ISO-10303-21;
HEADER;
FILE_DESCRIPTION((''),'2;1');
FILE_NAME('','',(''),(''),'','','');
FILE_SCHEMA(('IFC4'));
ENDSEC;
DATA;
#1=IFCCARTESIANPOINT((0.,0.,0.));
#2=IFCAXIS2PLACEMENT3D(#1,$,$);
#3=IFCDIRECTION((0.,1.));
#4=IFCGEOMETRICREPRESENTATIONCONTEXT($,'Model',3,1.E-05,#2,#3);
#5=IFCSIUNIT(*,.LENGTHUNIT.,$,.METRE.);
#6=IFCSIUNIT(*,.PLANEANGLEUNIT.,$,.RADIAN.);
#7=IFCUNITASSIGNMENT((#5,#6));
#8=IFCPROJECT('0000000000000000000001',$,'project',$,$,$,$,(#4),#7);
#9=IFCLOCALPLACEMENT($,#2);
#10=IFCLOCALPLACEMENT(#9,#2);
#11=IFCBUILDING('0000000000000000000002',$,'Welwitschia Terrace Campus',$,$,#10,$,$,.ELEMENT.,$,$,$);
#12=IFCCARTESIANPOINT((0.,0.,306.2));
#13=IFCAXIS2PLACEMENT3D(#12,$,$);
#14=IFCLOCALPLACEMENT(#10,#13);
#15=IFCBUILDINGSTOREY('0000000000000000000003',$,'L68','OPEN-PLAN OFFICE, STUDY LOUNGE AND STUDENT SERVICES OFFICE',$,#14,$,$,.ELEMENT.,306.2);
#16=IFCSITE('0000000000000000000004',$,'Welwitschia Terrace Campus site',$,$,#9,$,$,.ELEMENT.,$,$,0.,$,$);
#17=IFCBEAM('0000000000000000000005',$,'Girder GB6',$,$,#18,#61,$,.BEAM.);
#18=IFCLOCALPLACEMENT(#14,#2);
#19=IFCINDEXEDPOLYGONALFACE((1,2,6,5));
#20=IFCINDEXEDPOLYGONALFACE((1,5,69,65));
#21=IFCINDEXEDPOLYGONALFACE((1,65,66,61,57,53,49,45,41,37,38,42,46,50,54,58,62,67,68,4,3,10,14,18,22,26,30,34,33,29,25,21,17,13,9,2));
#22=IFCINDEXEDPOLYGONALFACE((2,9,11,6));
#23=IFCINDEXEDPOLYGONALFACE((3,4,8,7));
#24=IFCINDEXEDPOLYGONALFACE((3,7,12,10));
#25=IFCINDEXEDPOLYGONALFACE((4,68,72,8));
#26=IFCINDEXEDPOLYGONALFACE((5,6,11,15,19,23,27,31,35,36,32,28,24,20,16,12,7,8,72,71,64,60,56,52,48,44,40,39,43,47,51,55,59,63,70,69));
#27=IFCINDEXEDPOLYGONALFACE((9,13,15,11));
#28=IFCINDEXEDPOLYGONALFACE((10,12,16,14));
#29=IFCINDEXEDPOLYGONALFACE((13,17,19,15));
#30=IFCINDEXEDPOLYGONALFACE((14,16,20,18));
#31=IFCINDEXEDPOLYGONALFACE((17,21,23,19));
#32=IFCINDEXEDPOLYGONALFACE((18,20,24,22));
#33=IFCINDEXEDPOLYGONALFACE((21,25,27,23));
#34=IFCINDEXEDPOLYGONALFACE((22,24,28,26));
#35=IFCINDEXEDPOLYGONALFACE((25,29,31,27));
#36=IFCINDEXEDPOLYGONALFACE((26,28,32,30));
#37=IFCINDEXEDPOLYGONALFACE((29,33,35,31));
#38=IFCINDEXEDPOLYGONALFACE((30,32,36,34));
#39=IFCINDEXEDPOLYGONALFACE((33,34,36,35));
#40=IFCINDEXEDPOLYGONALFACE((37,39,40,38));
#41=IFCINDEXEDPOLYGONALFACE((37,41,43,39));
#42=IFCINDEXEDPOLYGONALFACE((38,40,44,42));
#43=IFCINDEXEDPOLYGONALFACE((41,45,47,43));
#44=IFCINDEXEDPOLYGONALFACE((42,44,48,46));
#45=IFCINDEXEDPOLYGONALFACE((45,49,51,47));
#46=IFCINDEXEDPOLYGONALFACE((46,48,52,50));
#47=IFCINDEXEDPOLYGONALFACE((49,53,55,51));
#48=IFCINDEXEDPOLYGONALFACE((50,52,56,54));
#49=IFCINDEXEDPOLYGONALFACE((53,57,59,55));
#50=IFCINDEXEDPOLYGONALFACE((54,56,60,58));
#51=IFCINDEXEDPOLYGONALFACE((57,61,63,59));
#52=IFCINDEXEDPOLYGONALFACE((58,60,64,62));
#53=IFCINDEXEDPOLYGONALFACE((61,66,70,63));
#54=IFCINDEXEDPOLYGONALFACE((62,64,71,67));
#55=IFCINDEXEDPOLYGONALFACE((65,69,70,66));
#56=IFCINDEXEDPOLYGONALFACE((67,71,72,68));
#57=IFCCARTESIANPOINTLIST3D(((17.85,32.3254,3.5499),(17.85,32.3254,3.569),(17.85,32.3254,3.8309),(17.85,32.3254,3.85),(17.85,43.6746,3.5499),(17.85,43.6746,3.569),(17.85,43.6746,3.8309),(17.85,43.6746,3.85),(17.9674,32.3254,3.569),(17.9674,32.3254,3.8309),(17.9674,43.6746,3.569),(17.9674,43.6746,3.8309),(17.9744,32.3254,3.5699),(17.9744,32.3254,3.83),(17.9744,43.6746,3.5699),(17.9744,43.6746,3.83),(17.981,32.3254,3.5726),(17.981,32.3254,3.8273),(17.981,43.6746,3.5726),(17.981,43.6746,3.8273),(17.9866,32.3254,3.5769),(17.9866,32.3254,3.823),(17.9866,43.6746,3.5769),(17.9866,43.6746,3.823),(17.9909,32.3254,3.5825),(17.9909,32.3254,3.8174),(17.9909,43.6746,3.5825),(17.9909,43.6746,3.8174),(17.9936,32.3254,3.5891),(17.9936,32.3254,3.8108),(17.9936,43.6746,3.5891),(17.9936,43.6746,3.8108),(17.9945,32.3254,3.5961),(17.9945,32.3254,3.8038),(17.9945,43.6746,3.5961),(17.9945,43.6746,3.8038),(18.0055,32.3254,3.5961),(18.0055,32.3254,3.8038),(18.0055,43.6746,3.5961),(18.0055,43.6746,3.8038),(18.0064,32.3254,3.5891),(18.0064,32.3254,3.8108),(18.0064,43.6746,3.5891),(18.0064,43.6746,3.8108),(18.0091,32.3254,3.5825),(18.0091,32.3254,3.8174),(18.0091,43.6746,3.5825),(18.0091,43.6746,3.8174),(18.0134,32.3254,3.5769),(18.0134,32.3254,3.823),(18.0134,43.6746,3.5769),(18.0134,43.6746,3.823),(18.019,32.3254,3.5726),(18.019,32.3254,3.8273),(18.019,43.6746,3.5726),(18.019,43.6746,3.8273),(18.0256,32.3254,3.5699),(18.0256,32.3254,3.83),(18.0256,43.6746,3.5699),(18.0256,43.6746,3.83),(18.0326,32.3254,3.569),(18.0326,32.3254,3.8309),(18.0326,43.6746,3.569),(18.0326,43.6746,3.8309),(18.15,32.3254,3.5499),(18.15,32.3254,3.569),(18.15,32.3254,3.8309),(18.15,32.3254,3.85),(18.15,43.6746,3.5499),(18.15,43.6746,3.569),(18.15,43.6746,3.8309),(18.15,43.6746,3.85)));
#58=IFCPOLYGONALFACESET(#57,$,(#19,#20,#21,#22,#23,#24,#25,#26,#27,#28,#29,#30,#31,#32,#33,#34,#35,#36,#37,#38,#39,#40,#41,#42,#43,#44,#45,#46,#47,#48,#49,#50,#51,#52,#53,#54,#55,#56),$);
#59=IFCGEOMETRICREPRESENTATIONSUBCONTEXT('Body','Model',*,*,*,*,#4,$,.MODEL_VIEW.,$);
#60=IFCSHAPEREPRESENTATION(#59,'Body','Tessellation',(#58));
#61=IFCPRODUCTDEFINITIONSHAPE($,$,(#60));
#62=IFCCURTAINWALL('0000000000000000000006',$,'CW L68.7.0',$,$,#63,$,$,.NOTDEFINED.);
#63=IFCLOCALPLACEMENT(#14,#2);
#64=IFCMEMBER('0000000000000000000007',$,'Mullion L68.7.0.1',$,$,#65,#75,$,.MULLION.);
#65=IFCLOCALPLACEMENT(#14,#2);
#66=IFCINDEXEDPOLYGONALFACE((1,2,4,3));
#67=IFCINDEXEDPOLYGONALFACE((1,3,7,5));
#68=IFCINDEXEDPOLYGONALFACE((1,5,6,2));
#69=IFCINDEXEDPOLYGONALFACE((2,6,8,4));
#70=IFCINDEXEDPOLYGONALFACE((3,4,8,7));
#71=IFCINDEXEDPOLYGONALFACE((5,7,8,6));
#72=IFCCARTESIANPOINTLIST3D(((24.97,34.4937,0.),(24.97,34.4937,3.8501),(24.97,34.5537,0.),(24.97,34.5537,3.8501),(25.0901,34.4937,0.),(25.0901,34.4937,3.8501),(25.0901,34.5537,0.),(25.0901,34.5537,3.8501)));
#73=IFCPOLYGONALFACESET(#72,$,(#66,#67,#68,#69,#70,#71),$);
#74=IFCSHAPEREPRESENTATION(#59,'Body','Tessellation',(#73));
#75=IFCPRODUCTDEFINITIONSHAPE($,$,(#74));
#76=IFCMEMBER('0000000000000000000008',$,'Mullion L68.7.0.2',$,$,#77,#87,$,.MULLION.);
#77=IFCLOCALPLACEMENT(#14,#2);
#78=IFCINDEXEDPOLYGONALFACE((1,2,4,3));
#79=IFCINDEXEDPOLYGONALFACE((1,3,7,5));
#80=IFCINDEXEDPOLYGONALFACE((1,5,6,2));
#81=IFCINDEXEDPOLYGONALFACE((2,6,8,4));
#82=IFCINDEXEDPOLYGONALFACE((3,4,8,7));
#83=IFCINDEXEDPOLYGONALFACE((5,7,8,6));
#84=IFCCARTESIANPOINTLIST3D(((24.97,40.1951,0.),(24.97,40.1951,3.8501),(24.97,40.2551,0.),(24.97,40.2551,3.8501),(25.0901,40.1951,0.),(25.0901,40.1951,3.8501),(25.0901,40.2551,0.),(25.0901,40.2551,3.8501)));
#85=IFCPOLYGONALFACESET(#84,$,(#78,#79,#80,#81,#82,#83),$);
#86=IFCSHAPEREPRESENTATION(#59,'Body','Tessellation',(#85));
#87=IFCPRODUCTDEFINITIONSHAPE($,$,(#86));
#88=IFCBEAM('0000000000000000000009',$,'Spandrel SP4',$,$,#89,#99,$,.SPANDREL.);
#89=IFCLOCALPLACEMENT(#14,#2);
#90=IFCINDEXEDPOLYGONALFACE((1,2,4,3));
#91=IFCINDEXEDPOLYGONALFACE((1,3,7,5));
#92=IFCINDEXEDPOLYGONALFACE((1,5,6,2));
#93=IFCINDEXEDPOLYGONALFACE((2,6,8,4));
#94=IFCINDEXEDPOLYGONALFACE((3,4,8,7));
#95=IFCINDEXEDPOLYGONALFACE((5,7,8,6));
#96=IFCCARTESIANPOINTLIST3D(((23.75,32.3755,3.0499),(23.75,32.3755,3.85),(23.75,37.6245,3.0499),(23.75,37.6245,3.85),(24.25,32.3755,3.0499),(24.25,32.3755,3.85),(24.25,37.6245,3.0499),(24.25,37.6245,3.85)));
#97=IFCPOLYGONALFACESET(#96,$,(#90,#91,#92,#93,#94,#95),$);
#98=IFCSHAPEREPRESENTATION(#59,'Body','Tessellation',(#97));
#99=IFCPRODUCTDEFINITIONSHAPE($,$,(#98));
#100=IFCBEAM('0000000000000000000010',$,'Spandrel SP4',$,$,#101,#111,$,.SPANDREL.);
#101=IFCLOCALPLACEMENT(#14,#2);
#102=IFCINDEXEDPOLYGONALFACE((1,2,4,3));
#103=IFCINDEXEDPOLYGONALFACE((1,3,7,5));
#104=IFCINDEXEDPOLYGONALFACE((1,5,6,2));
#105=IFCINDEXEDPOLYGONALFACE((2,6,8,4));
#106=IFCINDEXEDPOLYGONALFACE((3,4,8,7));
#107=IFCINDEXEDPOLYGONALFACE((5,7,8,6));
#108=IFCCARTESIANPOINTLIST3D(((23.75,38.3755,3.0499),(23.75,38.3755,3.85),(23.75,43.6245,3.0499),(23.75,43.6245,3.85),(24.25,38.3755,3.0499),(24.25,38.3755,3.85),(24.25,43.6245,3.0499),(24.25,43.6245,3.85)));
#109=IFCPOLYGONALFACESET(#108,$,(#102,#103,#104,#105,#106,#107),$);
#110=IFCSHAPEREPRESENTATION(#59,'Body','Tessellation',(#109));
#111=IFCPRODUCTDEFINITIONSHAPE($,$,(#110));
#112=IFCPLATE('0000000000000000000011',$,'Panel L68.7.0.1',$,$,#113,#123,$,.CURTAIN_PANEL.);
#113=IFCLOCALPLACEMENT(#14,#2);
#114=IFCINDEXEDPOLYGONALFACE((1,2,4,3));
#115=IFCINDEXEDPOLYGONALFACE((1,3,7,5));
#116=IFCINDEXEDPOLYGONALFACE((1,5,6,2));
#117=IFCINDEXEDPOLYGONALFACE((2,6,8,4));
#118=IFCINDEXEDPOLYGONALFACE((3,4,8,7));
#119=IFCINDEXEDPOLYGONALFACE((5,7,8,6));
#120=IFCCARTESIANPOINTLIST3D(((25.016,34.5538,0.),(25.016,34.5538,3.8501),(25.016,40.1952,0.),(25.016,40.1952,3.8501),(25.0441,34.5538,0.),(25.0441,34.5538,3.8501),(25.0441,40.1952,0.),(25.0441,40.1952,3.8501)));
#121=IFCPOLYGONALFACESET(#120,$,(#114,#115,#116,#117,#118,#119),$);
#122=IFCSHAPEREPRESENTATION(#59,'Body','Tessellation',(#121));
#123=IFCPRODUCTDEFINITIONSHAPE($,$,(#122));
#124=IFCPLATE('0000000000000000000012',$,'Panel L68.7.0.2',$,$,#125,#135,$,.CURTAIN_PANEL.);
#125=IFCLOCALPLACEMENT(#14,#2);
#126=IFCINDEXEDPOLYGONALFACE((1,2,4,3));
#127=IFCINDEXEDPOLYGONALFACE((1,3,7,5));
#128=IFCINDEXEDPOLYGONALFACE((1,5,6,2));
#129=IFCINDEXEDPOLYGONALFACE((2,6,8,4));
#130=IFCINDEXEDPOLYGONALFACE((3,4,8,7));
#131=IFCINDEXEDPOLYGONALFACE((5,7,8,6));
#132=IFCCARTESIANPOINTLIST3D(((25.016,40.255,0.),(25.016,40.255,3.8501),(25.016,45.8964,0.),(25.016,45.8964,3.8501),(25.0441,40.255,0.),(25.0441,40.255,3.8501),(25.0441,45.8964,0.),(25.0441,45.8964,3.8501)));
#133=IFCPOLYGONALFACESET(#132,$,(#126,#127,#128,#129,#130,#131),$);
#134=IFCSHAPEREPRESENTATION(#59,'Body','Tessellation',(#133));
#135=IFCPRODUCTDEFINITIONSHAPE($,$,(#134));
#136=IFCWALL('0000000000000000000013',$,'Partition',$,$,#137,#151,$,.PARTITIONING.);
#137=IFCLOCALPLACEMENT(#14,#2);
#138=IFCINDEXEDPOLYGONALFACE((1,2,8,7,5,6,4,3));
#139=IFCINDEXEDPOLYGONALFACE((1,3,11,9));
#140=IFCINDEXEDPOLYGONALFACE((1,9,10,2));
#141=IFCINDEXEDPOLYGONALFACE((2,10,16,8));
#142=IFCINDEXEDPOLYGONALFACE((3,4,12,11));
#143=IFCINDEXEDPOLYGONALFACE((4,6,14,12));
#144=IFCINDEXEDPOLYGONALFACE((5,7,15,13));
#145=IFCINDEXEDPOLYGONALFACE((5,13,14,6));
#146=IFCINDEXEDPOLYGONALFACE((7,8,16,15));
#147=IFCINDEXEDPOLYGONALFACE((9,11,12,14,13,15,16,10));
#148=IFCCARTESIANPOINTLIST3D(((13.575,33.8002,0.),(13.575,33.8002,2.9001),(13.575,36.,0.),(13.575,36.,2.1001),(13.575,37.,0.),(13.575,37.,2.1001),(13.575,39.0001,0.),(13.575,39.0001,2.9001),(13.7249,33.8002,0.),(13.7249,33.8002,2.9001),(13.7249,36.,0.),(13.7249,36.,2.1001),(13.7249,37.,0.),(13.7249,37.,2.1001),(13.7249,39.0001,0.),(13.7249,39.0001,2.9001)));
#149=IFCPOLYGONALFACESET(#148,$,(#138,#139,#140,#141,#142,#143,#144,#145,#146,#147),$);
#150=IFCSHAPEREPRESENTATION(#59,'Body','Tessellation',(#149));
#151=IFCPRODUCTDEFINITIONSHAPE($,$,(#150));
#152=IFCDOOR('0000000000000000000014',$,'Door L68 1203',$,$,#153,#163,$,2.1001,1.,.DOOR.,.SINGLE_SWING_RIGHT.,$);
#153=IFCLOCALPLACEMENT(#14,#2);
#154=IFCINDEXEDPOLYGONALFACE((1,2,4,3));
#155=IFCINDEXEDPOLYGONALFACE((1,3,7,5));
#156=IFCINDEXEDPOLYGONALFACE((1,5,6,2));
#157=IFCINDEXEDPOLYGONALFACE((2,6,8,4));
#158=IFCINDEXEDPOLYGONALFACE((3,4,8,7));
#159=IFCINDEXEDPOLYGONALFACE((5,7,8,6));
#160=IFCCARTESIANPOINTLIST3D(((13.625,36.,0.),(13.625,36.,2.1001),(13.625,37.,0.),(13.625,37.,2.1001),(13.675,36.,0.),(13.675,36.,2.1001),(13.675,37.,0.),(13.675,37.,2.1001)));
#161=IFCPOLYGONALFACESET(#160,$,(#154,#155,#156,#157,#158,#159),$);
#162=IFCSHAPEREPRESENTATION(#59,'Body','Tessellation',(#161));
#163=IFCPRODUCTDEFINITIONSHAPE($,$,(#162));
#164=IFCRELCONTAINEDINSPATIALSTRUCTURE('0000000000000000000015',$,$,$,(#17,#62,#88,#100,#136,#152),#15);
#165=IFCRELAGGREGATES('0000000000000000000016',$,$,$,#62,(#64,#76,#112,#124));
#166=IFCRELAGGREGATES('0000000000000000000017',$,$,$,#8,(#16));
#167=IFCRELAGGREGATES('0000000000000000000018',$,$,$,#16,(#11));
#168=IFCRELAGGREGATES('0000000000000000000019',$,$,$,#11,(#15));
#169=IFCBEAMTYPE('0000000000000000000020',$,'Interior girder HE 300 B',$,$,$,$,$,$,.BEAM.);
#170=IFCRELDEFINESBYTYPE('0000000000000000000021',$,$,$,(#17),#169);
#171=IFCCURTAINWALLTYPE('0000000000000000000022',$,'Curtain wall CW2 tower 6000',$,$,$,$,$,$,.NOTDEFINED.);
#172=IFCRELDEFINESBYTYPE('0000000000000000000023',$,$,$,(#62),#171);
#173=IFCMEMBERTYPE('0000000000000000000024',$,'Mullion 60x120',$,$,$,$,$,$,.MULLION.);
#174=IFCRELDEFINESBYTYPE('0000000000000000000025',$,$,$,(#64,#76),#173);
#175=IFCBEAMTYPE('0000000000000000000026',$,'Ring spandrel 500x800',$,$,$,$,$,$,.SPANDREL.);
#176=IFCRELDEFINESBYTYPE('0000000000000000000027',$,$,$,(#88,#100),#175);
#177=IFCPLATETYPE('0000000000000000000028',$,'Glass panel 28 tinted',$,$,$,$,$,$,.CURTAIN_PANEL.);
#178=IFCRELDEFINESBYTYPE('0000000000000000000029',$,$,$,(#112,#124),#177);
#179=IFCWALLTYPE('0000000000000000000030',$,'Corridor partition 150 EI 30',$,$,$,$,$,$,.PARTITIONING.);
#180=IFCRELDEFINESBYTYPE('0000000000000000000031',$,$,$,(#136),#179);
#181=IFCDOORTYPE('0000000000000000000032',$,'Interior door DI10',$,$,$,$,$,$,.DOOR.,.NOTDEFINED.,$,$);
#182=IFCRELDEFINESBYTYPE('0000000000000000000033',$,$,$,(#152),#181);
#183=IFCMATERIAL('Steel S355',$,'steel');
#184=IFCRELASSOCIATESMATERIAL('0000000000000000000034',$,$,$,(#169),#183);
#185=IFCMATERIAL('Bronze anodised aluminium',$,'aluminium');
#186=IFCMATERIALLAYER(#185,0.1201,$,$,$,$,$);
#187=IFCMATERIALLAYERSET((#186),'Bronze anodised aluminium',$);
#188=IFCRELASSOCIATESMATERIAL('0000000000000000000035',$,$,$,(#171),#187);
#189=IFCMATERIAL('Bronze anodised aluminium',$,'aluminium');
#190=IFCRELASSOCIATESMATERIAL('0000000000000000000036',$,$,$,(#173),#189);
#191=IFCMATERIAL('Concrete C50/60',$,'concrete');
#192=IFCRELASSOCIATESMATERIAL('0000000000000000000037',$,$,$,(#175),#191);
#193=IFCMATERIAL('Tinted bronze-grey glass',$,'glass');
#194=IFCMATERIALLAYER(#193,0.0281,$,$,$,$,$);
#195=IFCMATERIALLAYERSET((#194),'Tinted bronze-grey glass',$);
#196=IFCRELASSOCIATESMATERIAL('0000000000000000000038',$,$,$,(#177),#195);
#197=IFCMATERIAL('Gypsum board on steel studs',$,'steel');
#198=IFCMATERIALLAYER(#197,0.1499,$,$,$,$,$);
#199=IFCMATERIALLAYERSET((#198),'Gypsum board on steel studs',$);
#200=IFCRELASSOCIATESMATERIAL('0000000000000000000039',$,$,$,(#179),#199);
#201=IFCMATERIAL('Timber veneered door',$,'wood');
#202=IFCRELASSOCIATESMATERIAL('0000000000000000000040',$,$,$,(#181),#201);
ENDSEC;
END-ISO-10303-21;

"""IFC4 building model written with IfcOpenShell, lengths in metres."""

from ifc_helpers import new_model, si_unit, direction, frame, frame_2d, origin, origin_2d, place, context, subcontext, project, spatial, rectangle, i_section, extrude, material, layer, layer_set, material_profile, profile_set, type_object, element, fill, aggregate, save


model = new_model("IFC4")

# Units and contexts
model_context = context("Model", 3, precision=1e-05, world=origin(), true_north=direction((0.0, 1.0)))
body_context = subcontext(model_context, "Body", "Model", "MODEL_VIEW")
ifc_project = project(units=[si_unit("LENGTHUNIT", "METRE"), si_unit("PLANEANGLEUNIT", "RADIAN")], contexts=[model_context])

# Site, building, storey
site_placement = place(None, origin())
site = spatial("IfcSite", under=ifc_project, at=site_placement, Name="Welwitschia Terrace Campus site", CompositionType="ELEMENT", RefElevation=0.0)
building_placement = place(site_placement, origin())
building = spatial("IfcBuilding", under=site, at=building_placement, Name="Welwitschia Terrace Campus", CompositionType="ELEMENT")
storey_placement = place(building_placement, frame((0.0, 0.0, 306.2)))
storey = spatial("IfcBuildingStorey", under=building, at=storey_placement, Name="L68", Description="OPEN-PLAN OFFICE, STUDY LOUNGE AND STUDENT SERVICES OFFICE", CompositionType="ELEMENT", Elevation=306.2)

# Beam
ifc_material_1 = material(Name="Steel S355", Category="steel")
ifc_material_profile_1 = material_profile(ifc_material_1, i_section(OverallWidth=0.3, OverallDepth=0.3, WebThickness=0.011, FlangeThickness=0.019, FilletRadius=0.0271, at=origin_2d()))
ifc_profile_set_1 = profile_set([ifc_material_profile_1], Name="Steel S355")
beam_type_1 = type_object("IfcBeamType", Name="Interior girder HE 300 B", PredefinedType="BEAM", material=ifc_profile_set_1)
beam_1_placement = place(storey_placement, frame((18.0, 32.3254, 3.7), z_axis=(0.0, 1.0, 0.0), x_axis=(-1.0, 0.0, 0.0)))
element("IfcBeam", 1, at=beam_1_placement, inside=storey, type_object=beam_type_1, Name="Girder GB6", PredefinedType="BEAM", context=body_context, shape_type="SweptSolid", body=[
    extrude(i_section(OverallWidth=0.3, OverallDepth=0.3, WebThickness=0.011, FlangeThickness=0.019, FilletRadius=0.0271, at=origin_2d()), origin(), (0.0, 0.0, 1.0), 11.3491),
])

# Curtain wall, members
ifc_material_2 = material(Name="Bronze anodised aluminium", Category="aluminium")
ifc_layer_1 = layer(ifc_material_2, 0.1201)
ifc_layer_set_1 = layer_set([ifc_layer_1], Name="Bronze anodised aluminium")
curtain_wall_type = type_object("IfcCurtainWallType", Name="Curtain wall CW2 tower 6000", PredefinedType="NOTDEFINED", material=ifc_layer_set_1)
curtain_wall_placement = place(storey_placement, origin())
curtain_wall = element("IfcCurtainWall", 2, at=curtain_wall_placement, inside=storey, type_object=curtain_wall_type, Name="CW L68.7.0", PredefinedType="NOTDEFINED")
ifc_material_3 = material(Name="Bronze anodised aluminium", Category="aluminium")
ifc_material_profile_2 = material_profile(ifc_material_3, rectangle(XDim=0.1201, YDim=0.0601, at=origin_2d()))
ifc_profile_set_2 = profile_set([ifc_material_profile_2], Name="Bronze anodised aluminium")
member_type = type_object("IfcMemberType", Name="Mullion 60x120", PredefinedType="MULLION", material=ifc_profile_set_2)
member_1_placement = place(storey_placement, frame((25.03, 34.5237, 0.0), z_axis=(0.0, 0.0, 1.0), x_axis=(-1.0, 0.0, 0.0)))
member_1 = element("IfcMember", 3, at=member_1_placement, type_object=member_type, Name="Mullion L68.7.0.1", PredefinedType="MULLION", context=body_context, shape_type="SweptSolid", body=[
    extrude(rectangle(XDim=0.1201, YDim=0.0601, at=origin_2d()), origin(), (0.0, 0.0, 1.0), 3.8501),
])
member_2_placement = place(storey_placement, frame((25.03, 40.2251, 0.0), z_axis=(0.0, 0.0, 1.0), x_axis=(-1.0, 0.0, 0.0)))
member_2 = element("IfcMember", 4, at=member_2_placement, type_object=member_type, Name="Mullion L68.7.0.2", PredefinedType="MULLION", context=body_context, shape_type="SweptSolid", body=[
    extrude(rectangle(XDim=0.1201, YDim=0.0601, at=origin_2d()), origin(), (0.0, 0.0, 1.0), 3.8501),
])

# Beams
ifc_material_4 = material(Name="Concrete C50/60", Category="concrete")
ifc_material_profile_3 = material_profile(ifc_material_4, rectangle(XDim=0.5, YDim=0.8, at=origin_2d()))
ifc_profile_set_3 = profile_set([ifc_material_profile_3], Name="Concrete C50/60")
beam_type_2 = type_object("IfcBeamType", Name="Ring spandrel 500x800", PredefinedType="SPANDREL", material=ifc_profile_set_3)
for number, where, z_axis, x_axis, name in (
    (5, (24.0, 32.3755, 3.45), (0.0, 1.0, 0.0), (-1.0, 0.0, 0.0), "Spandrel SP4"),
    (6, (24.0, 38.3755, 3.45), (0.0, 1.0, 0.0), (-1.0, 0.0, 0.0), "Spandrel SP4"),
):
    element("IfcBeam", number, at=place(storey_placement, frame(where, z_axis=z_axis, x_axis=x_axis)), inside=storey, type_object=beam_type_2, Name=name, PredefinedType="SPANDREL", context=body_context, shape_type="SweptSolid", body=[
        extrude(rectangle(XDim=0.5, YDim=0.8, at=origin_2d()), origin(), (0.0, 0.0, 1.0), 5.249),
    ])

# Plates
ifc_material_5 = material(Name="Tinted bronze-grey glass", Category="glass")
ifc_layer_2 = layer(ifc_material_5, 0.0281)
ifc_layer_set_2 = layer_set([ifc_layer_2], Name="Tinted bronze-grey glass")
plate_type = type_object("IfcPlateType", Name="Glass panel 28 tinted", PredefinedType="CURTAIN_PANEL", material=ifc_layer_set_2)
plate_1_placement = place(storey_placement, frame((25.03, 37.3745, 0.0), z_axis=(0.0, 0.0, 1.0), x_axis=(0.0, 1.0, 0.0)))
plate_1 = element("IfcPlate", 7, at=plate_1_placement, type_object=plate_type, Name="Panel L68.7.0.1", PredefinedType="CURTAIN_PANEL", context=body_context, shape_type="SweptSolid", body=[
    extrude(rectangle(XDim=5.6414, YDim=0.0281, at=origin_2d()), origin(), (0.0, 0.0, 1.0), 3.8501),
])
plate_2_placement = place(storey_placement, frame((25.03, 43.0757, 0.0), z_axis=(0.0, 0.0, 1.0), x_axis=(0.0, 1.0, 0.0)))
plate_2 = element("IfcPlate", 8, at=plate_2_placement, type_object=plate_type, Name="Panel L68.7.0.2", PredefinedType="CURTAIN_PANEL", context=body_context, shape_type="SweptSolid", body=[
    extrude(rectangle(XDim=5.6414, YDim=0.0281, at=origin_2d()), origin(), (0.0, 0.0, 1.0), 3.8501),
])
aggregate(curtain_wall, [member_1, member_2, plate_1, plate_2])

# Wall, opening, door
ifc_material_6 = material(Name="Gypsum board on steel studs", Category="steel")
ifc_layer_3 = layer(ifc_material_6, 0.1499)
ifc_layer_set_3 = layer_set([ifc_layer_3], Name="Gypsum board on steel studs")
wall_type = type_object("IfcWallType", Name="Corridor partition 150 EI 30", PredefinedType="PARTITIONING", material=ifc_layer_set_3)
wall_1_placement = place(storey_placement, frame((13.6499, 33.8, 0.0), z_axis=(0.0, 0.0, 1.0), x_axis=(0.0, 1.0, 0.0)))
wall_1 = element("IfcWall", 9, at=wall_1_placement, inside=storey, type_object=wall_type, Name="Partition", PredefinedType="PARTITIONING", context=body_context, shape_type="SweptSolid", body=[
    extrude(rectangle(XDim=5.2, YDim=0.1499, at=frame_2d((2.6001, 0.0))), origin(), (0.0, 0.0, 1.0), 2.9001),
])
opening_1_placement = place(wall_1_placement, frame((2.2, 0.0, 0.0)))
opening_1 = element("IfcOpeningElement", 10, at=opening_1_placement, cuts=wall_1, PredefinedType="OPENING", context=body_context, shape_type="SweptSolid", body=[
    extrude(rectangle(XDim=1.0, YDim=2.1001, at=frame_2d((0.5, 1.05))), frame((0.0, 0.085, 0.0), z_axis=(0.0, -1.0, 0.0), x_axis=(1.0, 0.0, 0.0)), (0.0, 0.0, 1.0), 0.1699),
])
ifc_material_7 = material(Name="Timber veneered door", Category="wood")
door_type_1 = type_object("IfcDoorType", Name="Interior door DI10", OperationType="NOTDEFINED", PredefinedType="DOOR", material=ifc_material_7)
door_1_placement = place(opening_1_placement, origin())
door_1 = element("IfcDoor", 11, at=door_1_placement, inside=storey, type_object=door_type_1, Name="Door L68 1203", OperationType="SINGLE_SWING_RIGHT", OverallHeight=2.1001, OverallWidth=1.0, PredefinedType="DOOR", context=body_context, shape_type="SweptSolid", body=[
    extrude(rectangle(XDim=1.0, YDim=2.1001, at=frame_2d((0.5, 1.05))), frame((0.0, 0.0249, 0.0), z_axis=(0.0, -1.0, 0.0), x_axis=(1.0, 0.0, 0.0)), (0.0, 0.0, 1.0), 0.05),
])
fill(opening_1, door_1)

save(model, "model.ifc")
